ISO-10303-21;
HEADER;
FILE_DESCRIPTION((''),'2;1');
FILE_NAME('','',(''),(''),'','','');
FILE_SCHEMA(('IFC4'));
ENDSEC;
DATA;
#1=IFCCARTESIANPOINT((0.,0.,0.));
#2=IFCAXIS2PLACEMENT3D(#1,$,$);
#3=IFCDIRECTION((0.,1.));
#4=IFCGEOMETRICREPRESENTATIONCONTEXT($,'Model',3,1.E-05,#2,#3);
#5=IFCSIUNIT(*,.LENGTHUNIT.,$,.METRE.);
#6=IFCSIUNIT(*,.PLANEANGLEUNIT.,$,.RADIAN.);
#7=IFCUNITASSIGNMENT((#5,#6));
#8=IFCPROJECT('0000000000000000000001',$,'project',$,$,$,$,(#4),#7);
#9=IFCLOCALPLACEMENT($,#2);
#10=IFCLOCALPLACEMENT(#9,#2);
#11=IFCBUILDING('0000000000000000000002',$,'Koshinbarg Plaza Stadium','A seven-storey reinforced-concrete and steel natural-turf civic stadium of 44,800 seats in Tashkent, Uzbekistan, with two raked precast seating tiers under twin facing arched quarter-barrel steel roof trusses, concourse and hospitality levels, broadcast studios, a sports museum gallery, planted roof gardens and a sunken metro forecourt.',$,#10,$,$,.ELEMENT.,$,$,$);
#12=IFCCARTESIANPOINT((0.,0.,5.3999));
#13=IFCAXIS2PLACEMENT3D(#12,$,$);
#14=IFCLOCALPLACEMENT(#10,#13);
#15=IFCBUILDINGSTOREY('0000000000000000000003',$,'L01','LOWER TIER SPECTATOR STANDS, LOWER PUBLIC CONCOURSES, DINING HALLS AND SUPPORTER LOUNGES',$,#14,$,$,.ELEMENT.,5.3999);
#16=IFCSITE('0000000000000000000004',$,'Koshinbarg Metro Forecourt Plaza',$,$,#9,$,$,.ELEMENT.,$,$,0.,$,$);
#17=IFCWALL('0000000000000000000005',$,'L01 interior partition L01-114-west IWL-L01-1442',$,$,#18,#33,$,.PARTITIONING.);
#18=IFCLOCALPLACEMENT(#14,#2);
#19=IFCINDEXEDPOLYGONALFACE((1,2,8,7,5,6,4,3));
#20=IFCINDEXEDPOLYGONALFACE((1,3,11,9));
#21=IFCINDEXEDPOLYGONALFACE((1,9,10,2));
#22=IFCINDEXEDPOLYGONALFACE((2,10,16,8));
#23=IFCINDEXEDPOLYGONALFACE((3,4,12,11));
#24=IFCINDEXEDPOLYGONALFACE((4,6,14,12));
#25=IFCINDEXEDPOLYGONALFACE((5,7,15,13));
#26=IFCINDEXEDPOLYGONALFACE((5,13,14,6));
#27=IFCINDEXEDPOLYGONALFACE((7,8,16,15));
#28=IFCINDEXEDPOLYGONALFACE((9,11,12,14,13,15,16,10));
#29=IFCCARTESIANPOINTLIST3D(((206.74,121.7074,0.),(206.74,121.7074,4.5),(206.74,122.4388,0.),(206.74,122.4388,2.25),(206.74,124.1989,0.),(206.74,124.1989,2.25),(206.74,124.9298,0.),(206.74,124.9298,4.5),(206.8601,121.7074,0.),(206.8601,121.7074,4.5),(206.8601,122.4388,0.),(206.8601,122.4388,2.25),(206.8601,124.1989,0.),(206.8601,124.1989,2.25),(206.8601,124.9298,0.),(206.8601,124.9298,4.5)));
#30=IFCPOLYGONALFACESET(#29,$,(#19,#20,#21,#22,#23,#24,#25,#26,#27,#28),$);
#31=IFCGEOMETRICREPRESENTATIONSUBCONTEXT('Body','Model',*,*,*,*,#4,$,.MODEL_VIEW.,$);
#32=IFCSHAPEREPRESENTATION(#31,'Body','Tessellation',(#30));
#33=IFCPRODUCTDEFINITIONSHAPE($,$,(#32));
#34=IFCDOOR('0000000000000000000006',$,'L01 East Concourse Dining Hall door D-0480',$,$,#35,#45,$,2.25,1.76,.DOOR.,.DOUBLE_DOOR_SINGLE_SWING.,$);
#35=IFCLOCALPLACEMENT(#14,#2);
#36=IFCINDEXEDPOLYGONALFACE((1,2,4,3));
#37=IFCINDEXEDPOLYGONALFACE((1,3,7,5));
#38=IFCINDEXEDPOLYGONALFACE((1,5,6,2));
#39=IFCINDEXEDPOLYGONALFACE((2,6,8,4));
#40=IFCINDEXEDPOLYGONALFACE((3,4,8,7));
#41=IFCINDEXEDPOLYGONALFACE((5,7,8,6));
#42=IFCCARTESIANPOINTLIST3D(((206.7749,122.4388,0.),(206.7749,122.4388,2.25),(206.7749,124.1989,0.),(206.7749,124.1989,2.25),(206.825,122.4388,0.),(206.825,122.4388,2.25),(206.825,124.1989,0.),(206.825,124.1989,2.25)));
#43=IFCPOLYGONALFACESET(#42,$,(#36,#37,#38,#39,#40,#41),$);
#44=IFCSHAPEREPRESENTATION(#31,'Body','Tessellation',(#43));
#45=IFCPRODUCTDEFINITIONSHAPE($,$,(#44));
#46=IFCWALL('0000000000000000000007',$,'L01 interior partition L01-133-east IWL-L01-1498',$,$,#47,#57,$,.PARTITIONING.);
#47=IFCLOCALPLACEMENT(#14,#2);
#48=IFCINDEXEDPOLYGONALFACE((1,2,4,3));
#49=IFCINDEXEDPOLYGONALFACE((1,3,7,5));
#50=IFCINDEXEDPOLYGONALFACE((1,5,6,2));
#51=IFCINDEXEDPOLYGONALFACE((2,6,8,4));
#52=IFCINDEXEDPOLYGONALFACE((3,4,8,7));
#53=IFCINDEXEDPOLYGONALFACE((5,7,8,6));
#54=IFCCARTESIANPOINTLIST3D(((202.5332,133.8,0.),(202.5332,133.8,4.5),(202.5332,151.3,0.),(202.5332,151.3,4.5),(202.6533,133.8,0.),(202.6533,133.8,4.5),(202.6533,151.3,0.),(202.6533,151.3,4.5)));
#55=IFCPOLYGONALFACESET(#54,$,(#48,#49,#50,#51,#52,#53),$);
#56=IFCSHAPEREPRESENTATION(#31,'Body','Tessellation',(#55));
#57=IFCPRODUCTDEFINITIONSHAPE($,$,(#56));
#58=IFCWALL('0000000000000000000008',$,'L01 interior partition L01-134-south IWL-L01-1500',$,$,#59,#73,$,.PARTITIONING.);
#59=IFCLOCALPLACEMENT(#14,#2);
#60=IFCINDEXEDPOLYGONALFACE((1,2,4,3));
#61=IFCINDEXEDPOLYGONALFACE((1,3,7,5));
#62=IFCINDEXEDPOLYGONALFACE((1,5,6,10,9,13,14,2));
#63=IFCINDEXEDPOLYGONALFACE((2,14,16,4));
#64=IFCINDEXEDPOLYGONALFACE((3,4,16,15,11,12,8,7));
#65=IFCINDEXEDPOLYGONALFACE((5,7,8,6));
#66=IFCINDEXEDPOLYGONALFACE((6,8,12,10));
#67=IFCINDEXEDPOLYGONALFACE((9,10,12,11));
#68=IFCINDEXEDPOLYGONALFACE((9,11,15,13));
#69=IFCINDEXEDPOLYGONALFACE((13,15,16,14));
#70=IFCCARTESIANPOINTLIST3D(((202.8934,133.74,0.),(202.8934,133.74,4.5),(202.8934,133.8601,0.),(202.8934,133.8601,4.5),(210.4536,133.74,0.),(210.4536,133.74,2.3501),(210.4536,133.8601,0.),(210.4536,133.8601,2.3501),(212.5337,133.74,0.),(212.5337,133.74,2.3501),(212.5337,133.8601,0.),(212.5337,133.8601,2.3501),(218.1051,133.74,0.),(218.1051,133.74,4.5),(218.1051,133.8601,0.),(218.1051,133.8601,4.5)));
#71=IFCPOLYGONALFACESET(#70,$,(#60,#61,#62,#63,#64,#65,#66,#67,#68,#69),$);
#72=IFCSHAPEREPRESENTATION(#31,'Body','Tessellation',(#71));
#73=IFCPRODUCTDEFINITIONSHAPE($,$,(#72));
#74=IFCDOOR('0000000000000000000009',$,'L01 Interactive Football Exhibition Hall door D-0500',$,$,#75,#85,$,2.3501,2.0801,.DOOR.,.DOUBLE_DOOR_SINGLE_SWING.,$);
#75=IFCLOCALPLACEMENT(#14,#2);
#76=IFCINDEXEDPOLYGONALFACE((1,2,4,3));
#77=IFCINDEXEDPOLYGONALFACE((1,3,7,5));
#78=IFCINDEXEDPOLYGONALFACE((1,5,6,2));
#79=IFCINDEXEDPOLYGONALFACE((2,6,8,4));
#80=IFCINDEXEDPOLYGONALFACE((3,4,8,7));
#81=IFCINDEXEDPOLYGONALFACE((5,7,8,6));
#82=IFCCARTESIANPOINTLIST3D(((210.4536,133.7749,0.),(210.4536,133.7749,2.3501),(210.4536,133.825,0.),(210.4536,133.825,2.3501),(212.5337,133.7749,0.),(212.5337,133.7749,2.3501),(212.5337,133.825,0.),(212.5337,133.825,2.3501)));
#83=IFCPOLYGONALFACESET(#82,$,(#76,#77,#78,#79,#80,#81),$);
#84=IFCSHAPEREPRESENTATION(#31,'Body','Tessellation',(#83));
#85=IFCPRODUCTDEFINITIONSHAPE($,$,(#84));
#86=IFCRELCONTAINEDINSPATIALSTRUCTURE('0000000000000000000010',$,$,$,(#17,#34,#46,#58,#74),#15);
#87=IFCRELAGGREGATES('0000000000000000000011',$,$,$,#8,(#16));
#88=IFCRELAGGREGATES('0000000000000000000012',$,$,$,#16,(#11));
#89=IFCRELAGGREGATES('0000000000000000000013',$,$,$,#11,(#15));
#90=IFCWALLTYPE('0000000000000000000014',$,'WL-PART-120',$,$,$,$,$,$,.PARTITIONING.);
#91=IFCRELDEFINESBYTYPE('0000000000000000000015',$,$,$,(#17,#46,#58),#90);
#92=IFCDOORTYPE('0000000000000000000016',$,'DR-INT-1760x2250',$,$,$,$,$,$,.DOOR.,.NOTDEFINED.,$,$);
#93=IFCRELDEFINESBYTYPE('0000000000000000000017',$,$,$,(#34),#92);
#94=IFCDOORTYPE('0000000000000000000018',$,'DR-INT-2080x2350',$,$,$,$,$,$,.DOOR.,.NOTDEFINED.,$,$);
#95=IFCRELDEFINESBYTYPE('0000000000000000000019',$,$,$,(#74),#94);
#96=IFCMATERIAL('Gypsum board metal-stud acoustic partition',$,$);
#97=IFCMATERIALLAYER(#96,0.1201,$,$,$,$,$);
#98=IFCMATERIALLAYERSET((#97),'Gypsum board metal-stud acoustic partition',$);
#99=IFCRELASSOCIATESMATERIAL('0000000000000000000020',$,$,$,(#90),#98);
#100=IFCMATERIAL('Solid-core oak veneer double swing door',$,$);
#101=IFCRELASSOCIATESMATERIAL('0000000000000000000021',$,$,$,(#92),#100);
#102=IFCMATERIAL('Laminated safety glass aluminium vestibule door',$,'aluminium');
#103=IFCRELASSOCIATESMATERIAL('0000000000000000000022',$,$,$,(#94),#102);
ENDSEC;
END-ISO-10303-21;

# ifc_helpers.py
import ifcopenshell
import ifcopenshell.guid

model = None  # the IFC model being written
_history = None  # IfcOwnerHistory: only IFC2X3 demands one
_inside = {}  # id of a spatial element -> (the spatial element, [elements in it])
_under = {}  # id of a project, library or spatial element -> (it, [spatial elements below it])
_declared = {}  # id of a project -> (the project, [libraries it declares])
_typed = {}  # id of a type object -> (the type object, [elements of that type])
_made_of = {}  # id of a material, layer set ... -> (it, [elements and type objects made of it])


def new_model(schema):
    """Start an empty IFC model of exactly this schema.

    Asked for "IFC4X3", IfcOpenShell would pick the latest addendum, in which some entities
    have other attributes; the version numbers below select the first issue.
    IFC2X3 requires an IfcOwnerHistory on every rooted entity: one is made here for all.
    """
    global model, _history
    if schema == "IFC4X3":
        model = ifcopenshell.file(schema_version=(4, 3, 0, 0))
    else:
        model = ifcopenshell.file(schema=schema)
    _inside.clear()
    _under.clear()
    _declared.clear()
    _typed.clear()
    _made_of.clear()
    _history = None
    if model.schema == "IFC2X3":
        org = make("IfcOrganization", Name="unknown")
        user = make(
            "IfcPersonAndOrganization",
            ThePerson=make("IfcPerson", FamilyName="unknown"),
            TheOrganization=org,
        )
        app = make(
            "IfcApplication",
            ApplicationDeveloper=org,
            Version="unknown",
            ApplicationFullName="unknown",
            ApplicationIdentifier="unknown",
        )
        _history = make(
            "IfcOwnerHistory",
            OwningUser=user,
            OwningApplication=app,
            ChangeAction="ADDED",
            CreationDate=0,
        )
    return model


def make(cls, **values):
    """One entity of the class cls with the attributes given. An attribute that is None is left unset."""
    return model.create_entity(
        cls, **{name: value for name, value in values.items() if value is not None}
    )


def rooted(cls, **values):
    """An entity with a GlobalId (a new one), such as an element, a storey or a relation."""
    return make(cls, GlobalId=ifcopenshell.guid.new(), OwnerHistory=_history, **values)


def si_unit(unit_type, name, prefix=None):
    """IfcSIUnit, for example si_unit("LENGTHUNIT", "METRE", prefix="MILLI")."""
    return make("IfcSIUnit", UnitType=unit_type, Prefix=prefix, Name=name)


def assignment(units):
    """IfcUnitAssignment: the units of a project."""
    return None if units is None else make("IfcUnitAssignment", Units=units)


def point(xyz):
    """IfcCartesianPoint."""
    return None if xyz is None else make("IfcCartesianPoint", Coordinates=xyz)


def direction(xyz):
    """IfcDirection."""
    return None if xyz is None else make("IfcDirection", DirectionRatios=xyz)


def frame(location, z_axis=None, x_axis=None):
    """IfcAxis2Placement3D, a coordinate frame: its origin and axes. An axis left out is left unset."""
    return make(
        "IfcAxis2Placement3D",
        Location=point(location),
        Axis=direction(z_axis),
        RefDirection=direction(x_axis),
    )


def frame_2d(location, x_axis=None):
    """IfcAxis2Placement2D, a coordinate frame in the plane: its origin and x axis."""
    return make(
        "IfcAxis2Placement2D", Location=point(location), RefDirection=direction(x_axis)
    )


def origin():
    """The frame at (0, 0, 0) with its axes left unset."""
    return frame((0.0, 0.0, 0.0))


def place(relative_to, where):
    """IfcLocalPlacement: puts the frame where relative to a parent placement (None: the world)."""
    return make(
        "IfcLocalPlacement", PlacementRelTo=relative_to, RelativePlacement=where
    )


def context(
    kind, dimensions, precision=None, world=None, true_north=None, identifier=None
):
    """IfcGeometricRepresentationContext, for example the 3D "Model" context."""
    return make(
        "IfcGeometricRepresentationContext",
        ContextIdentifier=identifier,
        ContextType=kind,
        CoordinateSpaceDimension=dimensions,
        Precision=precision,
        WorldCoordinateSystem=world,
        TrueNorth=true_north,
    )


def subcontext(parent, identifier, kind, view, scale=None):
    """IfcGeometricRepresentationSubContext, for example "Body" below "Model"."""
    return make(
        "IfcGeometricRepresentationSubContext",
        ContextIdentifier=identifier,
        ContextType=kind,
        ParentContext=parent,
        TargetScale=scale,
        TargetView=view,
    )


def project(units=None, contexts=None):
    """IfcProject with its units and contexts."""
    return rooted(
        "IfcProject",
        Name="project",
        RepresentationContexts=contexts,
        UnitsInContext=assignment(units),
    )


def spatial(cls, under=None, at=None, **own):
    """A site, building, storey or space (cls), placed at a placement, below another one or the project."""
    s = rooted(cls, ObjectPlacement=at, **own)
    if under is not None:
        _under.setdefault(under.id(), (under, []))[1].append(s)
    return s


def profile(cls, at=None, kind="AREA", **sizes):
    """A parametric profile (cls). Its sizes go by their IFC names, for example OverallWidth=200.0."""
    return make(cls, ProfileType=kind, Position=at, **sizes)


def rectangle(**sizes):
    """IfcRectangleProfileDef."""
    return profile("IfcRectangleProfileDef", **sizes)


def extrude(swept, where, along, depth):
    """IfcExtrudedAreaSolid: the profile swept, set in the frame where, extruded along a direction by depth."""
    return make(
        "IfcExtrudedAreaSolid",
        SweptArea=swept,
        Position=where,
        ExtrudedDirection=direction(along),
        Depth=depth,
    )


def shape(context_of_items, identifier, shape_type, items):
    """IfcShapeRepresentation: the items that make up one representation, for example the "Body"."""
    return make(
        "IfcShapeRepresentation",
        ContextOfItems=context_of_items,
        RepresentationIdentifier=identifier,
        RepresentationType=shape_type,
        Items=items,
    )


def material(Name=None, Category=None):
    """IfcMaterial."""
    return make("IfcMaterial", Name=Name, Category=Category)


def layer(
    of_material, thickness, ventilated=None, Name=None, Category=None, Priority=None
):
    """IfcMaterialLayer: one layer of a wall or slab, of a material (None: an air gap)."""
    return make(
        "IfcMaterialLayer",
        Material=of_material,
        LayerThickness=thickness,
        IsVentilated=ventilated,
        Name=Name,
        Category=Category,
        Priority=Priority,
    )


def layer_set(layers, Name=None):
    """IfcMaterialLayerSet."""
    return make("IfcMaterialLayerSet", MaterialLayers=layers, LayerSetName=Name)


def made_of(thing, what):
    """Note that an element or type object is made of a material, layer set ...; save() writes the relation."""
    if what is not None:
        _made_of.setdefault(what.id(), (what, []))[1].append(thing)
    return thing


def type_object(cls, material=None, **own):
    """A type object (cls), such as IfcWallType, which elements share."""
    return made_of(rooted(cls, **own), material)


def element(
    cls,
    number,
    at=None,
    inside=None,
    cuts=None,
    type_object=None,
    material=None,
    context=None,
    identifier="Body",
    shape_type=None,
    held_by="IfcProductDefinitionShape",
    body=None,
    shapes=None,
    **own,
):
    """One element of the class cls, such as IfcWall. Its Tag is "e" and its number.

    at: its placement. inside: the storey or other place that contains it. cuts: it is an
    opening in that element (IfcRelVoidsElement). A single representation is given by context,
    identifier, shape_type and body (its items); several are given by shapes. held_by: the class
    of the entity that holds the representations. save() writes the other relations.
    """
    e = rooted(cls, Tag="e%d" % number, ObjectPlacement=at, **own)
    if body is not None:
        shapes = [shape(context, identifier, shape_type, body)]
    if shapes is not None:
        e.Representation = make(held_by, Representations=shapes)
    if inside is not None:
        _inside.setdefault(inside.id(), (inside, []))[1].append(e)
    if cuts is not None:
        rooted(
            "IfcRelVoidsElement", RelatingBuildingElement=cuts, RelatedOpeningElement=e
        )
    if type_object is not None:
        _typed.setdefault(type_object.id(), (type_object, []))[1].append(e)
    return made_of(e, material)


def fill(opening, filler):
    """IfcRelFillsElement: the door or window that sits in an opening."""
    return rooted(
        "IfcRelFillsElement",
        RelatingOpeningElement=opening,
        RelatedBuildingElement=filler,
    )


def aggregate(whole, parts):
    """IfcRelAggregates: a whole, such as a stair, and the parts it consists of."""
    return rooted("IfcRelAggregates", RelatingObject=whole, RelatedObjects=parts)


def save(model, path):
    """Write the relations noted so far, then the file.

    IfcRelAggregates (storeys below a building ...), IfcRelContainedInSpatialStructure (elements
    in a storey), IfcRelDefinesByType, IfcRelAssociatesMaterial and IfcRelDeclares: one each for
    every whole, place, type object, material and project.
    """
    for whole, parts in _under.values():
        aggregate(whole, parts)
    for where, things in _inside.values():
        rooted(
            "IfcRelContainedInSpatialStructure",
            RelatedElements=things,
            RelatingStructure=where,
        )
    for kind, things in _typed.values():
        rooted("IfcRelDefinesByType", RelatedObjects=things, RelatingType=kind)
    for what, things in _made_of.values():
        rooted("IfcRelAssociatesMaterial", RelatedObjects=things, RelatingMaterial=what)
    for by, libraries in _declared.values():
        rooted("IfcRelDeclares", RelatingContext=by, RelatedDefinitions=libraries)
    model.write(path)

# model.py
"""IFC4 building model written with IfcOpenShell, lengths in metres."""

from ifc_helpers import new_model, si_unit, direction, frame, frame_2d, origin, place, context, subcontext, project, spatial, rectangle, extrude, material, layer, layer_set, type_object, element, fill, save


model = new_model("IFC4")

# Units and contexts
model_context = context("Model", 3, precision=1e-05, world=origin(), true_north=direction((0.0, 1.0)))
body_context = subcontext(model_context, "Body", "Model", "MODEL_VIEW")
ifc_project = project(units=[si_unit("LENGTHUNIT", "METRE"), si_unit("PLANEANGLEUNIT", "RADIAN")], contexts=[model_context])

# Site, building, storey
site_placement = place(None, origin())
site = spatial("IfcSite", under=ifc_project, at=site_placement, Name="Koshinbarg Metro Forecourt Plaza", CompositionType="ELEMENT", RefElevation=0.0)
building_placement = place(site_placement, origin())
building = spatial("IfcBuilding", under=site, at=building_placement, Name="Koshinbarg Plaza Stadium", Description="A seven-storey reinforced-concrete and steel natural-turf civic stadium of 44,800 seats in Tashkent, Uzbekistan, with two raked precast seating tiers under twin facing arched quarter-barrel steel roof trusses, concourse and hospitality levels, broadcast studios, a sports museum gallery, planted roof gardens and a sunken metro forecourt.", CompositionType="ELEMENT")
storey_placement = place(building_placement, frame((0.0, 0.0, 5.3999)))
storey = spatial("IfcBuildingStorey", under=building, at=storey_placement, Name="L01", Description="LOWER TIER SPECTATOR STANDS, LOWER PUBLIC CONCOURSES, DINING HALLS AND SUPPORTER LOUNGES", CompositionType="ELEMENT", Elevation=5.3999)

# Shared definitions
ifc_material_1 = material(Name="Gypsum board metal-stud acoustic partition")
ifc_layer_1 = layer(ifc_material_1, 0.1201)
ifc_layer_set_1 = layer_set([ifc_layer_1], Name="Gypsum board metal-stud acoustic partition")
wall_type_1 = type_object("IfcWallType", Name="WL-PART-120", PredefinedType="PARTITIONING", material=ifc_layer_set_1)

# Wall, opening, door
wall_1_placement = place(storey_placement, frame((206.8, 124.9299, 0.0), z_axis=(0.0, 0.0, 1.0), x_axis=(0.0, -1.0, 0.0)))
wall_1 = element("IfcWall", 1, at=wall_1_placement, inside=storey, type_object=wall_type_1, Name="L01 interior partition L01-114-west IWL-L01-1442", PredefinedType="PARTITIONING", context=body_context, shape_type="SweptSolid", body=[
    extrude(rectangle(XDim=3.2224, YDim=0.1201, at=frame_2d((1.6113, 0.0))), origin(), (0.0, 0.0, 1.0), 4.5),
])
opening_1_placement = place(wall_1_placement, frame((0.7312, 0.0, 0.0)))
opening_1 = element("IfcOpeningElement", 2, at=opening_1_placement, cuts=wall_1, PredefinedType="OPENING", context=body_context, shape_type="SweptSolid", body=[
    extrude(rectangle(XDim=1.76, YDim=2.25, at=frame_2d((0.8799, 1.125))), frame((0.0, 0.0701, 0.0), z_axis=(0.0, -1.0, 0.0), x_axis=(1.0, 0.0, 0.0)), (0.0, 0.0, 1.0), 0.1401),
])
ifc_material_2 = material(Name="Solid-core oak veneer double swing door")
door_type_1 = type_object("IfcDoorType", Name="DR-INT-1760x2250", OperationType="NOTDEFINED", PredefinedType="DOOR", material=ifc_material_2)
door_1_placement = place(opening_1_placement, origin())
door_1 = element("IfcDoor", 3, at=door_1_placement, inside=storey, type_object=door_type_1, Name="L01 East Concourse Dining Hall door D-0480", OperationType="DOUBLE_DOOR_SINGLE_SWING", OverallHeight=2.25, OverallWidth=1.76, PredefinedType="DOOR", context=body_context, shape_type="SweptSolid", body=[
    extrude(rectangle(XDim=1.76, YDim=2.25, at=frame_2d((0.8799, 1.125))), frame((0.0, 0.0249, 0.0), z_axis=(0.0, -1.0, 0.0), x_axis=(1.0, 0.0, 0.0)), (0.0, 0.0, 1.0), 0.05),
])
fill(opening_1, door_1)

# Wall
wall_2_placement = place(storey_placement, frame((202.5933, 133.8, 0.0), z_axis=(0.0, 0.0, 1.0), x_axis=(0.0, 1.0, 0.0)))
element("IfcWall", 4, at=wall_2_placement, inside=storey, type_object=wall_type_1, Name="L01 interior partition L01-133-east IWL-L01-1498", PredefinedType="PARTITIONING", context=body_context, shape_type="SweptSolid", body=[
    extrude(rectangle(XDim=17.5, YDim=0.1201, at=frame_2d((8.75, 0.0))), origin(), (0.0, 0.0, 1.0), 4.5),
])

# Wall, opening, door
wall_3_placement = place(storey_placement, frame((202.8933, 133.8, 0.0), z_axis=(0.0, 0.0, 1.0), x_axis=(1.0, 0.0, 0.0)))
wall_3 = element("IfcWall", 5, at=wall_3_placement, inside=storey, type_object=wall_type_1, Name="L01 interior partition L01-134-south IWL-L01-1500", PredefinedType="PARTITIONING", context=body_context, shape_type="SweptSolid", body=[
    extrude(rectangle(XDim=15.2117, YDim=0.1201, at=frame_2d((7.606, 0.0))), origin(), (0.0, 0.0, 1.0), 4.5),
])
opening_2_placement = place(wall_3_placement, frame((7.5603, 0.0, 0.0)))
opening_2 = element("IfcOpeningElement", 6, at=opening_2_placement, cuts=wall_3, PredefinedType="OPENING", context=body_context, shape_type="SweptSolid", body=[
    extrude(rectangle(XDim=2.0801, YDim=2.3501, at=frame_2d((1.04, 1.175))), frame((0.0, 0.0701, 0.0), z_axis=(0.0, -1.0, 0.0), x_axis=(1.0, 0.0, 0.0)), (0.0, 0.0, 1.0), 0.1401),
])
ifc_material_3 = material(Name="Laminated safety glass aluminium vestibule door", Category="aluminium")
door_type_2 = type_object("IfcDoorType", Name="DR-INT-2080x2350", OperationType="NOTDEFINED", PredefinedType="DOOR", material=ifc_material_3)
door_2_placement = place(opening_2_placement, origin())
door_2 = element("IfcDoor", 7, at=door_2_placement, inside=storey, type_object=door_type_2, Name="L01 Interactive Football Exhibition Hall door D-0500", OperationType="DOUBLE_DOOR_SINGLE_SWING", OverallHeight=2.3501, OverallWidth=2.0801, PredefinedType="DOOR", context=body_context, shape_type="SweptSolid", body=[
    extrude(rectangle(XDim=2.0801, YDim=2.3501, at=frame_2d((1.04, 1.175))), frame((0.0, 0.0249, 0.0), z_axis=(0.0, -1.0, 0.0), x_axis=(1.0, 0.0, 0.0)), (0.0, 0.0, 1.0), 0.05),
])
fill(opening_2, door_2)

save(model, "model.ifc")
